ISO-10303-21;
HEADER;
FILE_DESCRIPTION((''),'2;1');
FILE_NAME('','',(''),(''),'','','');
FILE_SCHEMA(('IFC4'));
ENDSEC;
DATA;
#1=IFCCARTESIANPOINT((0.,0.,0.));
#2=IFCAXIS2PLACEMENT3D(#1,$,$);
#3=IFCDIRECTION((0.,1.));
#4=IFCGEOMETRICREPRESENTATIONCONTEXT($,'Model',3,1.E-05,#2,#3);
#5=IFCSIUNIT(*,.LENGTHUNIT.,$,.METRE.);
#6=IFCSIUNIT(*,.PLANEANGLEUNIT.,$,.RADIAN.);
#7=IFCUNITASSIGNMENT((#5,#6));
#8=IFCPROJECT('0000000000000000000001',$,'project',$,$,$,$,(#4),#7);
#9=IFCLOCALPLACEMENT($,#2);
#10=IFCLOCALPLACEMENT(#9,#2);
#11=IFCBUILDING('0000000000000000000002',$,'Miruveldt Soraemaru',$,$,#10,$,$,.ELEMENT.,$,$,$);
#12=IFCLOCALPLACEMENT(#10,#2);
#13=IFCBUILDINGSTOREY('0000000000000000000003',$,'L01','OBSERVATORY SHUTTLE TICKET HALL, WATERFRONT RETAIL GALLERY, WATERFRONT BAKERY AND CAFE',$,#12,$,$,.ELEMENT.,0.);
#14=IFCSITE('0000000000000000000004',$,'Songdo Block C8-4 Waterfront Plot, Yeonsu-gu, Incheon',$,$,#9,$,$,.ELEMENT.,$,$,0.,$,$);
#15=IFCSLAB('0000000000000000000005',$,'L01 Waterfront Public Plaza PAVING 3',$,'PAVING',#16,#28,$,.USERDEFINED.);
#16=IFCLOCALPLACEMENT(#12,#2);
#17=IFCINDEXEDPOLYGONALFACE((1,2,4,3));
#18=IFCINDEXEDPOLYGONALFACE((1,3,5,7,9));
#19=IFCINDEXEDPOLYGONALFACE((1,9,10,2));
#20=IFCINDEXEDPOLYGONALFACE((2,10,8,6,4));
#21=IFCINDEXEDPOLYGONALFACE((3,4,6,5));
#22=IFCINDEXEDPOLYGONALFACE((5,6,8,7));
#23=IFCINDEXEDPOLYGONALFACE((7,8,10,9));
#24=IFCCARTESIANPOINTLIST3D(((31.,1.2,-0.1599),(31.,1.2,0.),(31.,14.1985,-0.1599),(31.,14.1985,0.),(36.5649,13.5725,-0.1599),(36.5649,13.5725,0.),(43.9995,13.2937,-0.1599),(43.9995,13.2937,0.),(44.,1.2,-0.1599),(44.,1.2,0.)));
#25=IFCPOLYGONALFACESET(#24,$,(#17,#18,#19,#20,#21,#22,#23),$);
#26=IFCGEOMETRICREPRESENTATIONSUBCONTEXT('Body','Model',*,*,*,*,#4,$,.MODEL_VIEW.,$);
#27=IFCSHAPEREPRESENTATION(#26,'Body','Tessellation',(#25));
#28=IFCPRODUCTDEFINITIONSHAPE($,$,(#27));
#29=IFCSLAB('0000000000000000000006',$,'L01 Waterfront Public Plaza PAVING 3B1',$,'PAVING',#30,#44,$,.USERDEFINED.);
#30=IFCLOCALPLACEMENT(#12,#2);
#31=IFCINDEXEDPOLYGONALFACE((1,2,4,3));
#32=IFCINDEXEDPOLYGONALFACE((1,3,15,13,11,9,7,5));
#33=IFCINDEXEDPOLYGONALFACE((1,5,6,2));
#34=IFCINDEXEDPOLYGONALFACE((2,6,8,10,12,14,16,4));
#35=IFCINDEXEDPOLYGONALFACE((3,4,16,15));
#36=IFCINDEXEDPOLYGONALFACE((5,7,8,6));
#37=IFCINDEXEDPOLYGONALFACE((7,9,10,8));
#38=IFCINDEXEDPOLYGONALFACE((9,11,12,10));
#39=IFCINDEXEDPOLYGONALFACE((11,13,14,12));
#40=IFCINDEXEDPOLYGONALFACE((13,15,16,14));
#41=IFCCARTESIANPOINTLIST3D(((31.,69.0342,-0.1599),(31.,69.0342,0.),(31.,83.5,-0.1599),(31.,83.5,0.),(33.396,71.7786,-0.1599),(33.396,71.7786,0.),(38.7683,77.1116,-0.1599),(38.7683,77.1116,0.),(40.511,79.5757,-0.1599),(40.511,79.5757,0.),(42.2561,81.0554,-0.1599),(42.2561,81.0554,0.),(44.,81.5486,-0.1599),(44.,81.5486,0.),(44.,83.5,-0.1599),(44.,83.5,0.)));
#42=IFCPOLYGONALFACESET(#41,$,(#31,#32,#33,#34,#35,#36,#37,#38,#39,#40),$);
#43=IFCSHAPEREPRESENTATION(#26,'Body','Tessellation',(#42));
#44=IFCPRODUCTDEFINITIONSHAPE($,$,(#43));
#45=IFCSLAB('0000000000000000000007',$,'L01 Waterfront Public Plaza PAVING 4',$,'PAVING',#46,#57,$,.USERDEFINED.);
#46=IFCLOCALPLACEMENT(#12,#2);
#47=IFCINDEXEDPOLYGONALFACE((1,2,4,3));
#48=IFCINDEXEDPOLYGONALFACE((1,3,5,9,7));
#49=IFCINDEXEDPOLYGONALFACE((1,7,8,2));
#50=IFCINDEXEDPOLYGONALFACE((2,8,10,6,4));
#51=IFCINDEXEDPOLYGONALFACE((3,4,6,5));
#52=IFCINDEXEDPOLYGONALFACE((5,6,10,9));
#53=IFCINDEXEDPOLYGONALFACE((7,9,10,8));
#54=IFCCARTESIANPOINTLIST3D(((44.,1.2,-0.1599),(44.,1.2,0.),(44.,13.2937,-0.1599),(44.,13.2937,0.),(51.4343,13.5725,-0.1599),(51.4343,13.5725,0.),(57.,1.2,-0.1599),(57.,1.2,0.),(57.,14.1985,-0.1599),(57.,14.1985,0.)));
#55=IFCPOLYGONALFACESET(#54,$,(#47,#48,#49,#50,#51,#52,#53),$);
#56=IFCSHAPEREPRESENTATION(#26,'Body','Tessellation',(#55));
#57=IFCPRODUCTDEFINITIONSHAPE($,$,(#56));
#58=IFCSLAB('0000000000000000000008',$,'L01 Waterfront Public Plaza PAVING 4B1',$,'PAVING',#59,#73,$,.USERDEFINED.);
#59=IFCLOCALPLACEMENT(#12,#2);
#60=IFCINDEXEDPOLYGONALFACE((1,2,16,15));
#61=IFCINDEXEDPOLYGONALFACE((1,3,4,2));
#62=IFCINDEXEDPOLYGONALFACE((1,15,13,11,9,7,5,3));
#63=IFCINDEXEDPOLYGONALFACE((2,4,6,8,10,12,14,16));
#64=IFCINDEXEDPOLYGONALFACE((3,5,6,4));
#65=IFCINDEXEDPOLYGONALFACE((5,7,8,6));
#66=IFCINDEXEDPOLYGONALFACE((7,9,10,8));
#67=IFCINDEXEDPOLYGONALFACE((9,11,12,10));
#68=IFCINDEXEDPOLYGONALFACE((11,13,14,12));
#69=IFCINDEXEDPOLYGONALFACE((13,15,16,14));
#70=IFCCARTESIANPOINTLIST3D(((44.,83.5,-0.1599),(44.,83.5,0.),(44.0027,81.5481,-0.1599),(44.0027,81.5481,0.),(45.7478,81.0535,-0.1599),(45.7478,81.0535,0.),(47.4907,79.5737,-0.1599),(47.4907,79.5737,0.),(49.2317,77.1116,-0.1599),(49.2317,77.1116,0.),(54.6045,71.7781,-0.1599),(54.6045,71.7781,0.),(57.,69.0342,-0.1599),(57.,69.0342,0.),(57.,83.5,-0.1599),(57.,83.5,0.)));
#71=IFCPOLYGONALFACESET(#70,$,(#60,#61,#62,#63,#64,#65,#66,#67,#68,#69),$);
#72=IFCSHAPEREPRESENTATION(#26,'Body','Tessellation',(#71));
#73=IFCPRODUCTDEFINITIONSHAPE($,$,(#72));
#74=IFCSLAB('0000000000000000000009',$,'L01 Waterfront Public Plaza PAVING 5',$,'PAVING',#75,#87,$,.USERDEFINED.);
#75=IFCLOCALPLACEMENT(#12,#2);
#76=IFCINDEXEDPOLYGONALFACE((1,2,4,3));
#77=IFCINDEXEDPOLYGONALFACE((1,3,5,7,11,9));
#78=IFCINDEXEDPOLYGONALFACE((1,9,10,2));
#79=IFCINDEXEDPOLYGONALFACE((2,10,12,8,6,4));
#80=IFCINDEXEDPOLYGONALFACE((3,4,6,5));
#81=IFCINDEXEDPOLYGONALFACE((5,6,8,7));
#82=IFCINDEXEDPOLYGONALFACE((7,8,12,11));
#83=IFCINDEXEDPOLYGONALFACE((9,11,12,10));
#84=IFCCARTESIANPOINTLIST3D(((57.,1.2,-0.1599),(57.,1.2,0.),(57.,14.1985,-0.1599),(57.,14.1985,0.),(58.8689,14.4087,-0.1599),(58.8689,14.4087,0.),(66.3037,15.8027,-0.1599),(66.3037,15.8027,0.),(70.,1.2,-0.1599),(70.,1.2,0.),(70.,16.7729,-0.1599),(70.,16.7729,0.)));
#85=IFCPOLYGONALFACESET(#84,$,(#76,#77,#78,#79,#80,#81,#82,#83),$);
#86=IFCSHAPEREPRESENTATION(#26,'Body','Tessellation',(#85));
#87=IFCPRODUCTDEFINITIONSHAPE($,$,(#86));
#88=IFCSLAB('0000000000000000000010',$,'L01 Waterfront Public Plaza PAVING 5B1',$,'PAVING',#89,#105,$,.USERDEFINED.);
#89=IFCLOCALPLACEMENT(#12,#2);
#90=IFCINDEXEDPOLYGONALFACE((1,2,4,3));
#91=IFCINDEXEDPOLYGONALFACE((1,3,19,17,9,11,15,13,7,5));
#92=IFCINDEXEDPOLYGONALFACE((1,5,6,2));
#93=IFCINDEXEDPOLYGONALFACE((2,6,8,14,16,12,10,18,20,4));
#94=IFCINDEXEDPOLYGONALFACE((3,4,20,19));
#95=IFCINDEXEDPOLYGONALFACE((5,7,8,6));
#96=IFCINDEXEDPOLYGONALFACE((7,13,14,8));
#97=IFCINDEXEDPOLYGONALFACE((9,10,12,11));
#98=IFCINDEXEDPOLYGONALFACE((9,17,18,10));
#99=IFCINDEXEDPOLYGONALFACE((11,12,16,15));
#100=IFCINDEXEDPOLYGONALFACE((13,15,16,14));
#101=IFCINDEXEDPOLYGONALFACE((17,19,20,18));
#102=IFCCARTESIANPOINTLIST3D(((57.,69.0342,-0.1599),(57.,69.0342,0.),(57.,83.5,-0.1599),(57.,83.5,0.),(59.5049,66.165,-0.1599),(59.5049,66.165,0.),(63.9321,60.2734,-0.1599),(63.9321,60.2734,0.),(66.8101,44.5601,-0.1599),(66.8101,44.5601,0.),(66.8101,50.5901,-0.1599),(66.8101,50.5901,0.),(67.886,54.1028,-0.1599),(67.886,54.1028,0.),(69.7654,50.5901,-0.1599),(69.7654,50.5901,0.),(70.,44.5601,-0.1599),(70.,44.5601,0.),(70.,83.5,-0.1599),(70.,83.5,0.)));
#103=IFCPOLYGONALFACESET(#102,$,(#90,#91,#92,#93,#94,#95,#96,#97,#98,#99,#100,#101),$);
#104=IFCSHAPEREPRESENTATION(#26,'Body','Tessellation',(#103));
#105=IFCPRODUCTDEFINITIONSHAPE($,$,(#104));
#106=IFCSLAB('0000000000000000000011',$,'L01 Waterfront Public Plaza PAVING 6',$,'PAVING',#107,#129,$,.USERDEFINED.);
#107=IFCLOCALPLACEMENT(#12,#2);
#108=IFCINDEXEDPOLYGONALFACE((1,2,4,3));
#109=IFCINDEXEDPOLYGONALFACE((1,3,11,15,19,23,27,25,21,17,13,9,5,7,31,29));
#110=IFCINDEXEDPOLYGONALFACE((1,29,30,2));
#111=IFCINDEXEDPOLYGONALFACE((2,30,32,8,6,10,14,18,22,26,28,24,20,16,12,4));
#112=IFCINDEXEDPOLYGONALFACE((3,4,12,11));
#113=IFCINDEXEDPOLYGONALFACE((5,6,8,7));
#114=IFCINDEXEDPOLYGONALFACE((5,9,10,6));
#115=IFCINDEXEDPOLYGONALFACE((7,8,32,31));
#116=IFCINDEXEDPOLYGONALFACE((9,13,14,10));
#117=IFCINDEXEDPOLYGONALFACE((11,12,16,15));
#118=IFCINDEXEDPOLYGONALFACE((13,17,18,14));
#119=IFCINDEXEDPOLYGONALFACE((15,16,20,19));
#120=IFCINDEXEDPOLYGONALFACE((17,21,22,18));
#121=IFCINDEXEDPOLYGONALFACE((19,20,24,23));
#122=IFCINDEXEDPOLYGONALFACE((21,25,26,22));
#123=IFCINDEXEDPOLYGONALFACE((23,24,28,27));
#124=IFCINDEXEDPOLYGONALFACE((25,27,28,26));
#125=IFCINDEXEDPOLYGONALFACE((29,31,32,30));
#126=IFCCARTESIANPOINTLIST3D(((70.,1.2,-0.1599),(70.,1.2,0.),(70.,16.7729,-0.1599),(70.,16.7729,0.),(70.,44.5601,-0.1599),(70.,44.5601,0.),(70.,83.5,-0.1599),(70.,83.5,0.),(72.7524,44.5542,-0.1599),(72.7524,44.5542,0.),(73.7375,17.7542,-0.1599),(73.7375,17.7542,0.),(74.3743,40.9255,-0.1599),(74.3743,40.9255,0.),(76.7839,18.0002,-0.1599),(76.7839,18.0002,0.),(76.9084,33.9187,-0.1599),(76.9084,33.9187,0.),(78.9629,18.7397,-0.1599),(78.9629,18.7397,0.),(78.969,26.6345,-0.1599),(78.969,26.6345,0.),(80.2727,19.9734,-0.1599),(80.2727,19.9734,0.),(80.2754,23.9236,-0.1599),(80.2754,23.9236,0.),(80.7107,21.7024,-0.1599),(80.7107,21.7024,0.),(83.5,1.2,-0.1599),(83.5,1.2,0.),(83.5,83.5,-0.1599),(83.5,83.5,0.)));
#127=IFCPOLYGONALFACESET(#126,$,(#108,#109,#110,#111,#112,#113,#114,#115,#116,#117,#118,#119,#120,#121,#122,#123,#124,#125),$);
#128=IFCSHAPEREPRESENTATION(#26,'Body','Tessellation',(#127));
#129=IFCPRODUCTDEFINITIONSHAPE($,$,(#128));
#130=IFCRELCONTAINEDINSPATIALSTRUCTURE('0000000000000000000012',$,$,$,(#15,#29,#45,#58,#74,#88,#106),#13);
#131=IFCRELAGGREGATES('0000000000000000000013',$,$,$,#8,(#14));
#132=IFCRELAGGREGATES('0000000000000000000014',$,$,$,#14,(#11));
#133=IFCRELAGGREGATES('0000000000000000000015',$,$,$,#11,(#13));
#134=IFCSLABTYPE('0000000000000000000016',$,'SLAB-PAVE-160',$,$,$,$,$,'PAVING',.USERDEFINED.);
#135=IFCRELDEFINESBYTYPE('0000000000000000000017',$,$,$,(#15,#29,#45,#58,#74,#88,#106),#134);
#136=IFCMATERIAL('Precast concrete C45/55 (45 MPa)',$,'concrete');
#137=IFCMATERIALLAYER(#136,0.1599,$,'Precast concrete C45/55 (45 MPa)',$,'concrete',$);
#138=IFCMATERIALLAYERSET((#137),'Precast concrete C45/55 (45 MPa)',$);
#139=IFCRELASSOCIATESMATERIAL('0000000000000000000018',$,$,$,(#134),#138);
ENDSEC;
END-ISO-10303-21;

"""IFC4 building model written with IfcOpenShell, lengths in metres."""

from ifc_helpers import new_model, si_unit, direction, frame, origin, place, context, subcontext, project, spatial, polyline, outline, extrude, material, layer, layer_set, type_object, element, save


model = new_model("IFC4")

# Units and contexts
model_context = context("Model", 3, precision=1e-05, world=origin(), true_north=direction((0.0, 1.0)))
body_context = subcontext(model_context, "Body", "Model", "MODEL_VIEW")
ifc_project = project(units=[si_unit("LENGTHUNIT", "METRE"), si_unit("PLANEANGLEUNIT", "RADIAN")], contexts=[model_context])

# Site, building, storey
site_placement = place(None, origin())
site = spatial("IfcSite", under=ifc_project, at=site_placement, Name="Songdo Block C8-4 Waterfront Plot, Yeonsu-gu, Incheon", CompositionType="ELEMENT", RefElevation=0.0)
building_placement = place(site_placement, origin())
building = spatial("IfcBuilding", under=site, at=building_placement, Name="Miruveldt Soraemaru", CompositionType="ELEMENT")
storey_placement = place(building_placement, origin())
storey = spatial("IfcBuildingStorey", under=building, at=storey_placement, Name="L01", Description="OBSERVATORY SHUTTLE TICKET HALL, WATERFRONT RETAIL GALLERY, WATERFRONT BAKERY AND CAFE", CompositionType="ELEMENT", Elevation=0.0)

# Slabs
ifc_material_1 = material(Name="Precast concrete C45/55 (45 MPa)", Category="concrete")
ifc_layer_1 = layer(ifc_material_1, 0.1599, Name="Precast concrete C45/55 (45 MPa)", Category="concrete")
ifc_layer_set_1 = layer_set([ifc_layer_1], Name="Precast concrete C45/55 (45 MPa)")
slab_type_1 = type_object("IfcSlabType", Name="SLAB-PAVE-160", ElementType="PAVING", PredefinedType="USERDEFINED", material=ifc_layer_set_1)
slab_1_placement = place(storey_placement, frame((0.0, 0.0, -0.1599)))
element("IfcSlab", 1, at=slab_1_placement, inside=storey, type_object=slab_type_1, Name="L01 Waterfront Public Plaza PAVING 3", ObjectType="PAVING", PredefinedType="USERDEFINED", context=body_context, shape_type="SweptSolid", body=[
    extrude(outline(polyline([(44.0, 1.2), (31.0, 1.2), (31.0, 14.1985), (36.5649, 13.5725), (43.9995, 13.2937), (44.0, 1.2)])), origin(), (0.0, 0.0, 1.0), 0.1599),
])
slab_2_placement = place(storey_placement, frame((0.0, 0.0, -0.1599)))
element("IfcSlab", 2, at=slab_2_placement, inside=storey, type_object=slab_type_1, Name="L01 Waterfront Public Plaza PAVING 3B1", ObjectType="PAVING", PredefinedType="USERDEFINED", context=body_context, shape_type="SweptSolid", body=[
    extrude(outline(polyline([(31.0, 83.5), (44.0, 83.5), (44.0, 81.5486), (42.2561, 81.0554), (40.511, 79.5757), (38.7683, 77.1116), (33.396, 71.7786), (31.0, 69.0342), (31.0, 83.5)])), origin(), (0.0, 0.0, 1.0), 0.1599),
])
slab_3_placement = place(storey_placement, frame((0.0, 0.0, -0.1599)))
element("IfcSlab", 3, at=slab_3_placement, inside=storey, type_object=slab_type_1, Name="L01 Waterfront Public Plaza PAVING 4", ObjectType="PAVING", PredefinedType="USERDEFINED", context=body_context, shape_type="SweptSolid", body=[
    extrude(outline(polyline([(57.0, 1.2), (44.0, 1.2), (44.0, 13.2937), (51.4343, 13.5725), (57.0, 14.1985), (57.0, 1.2)])), origin(), (0.0, 0.0, 1.0), 0.1599),
])
slab_4_placement = place(storey_placement, frame((0.0, 0.0, -0.1599)))
element("IfcSlab", 4, at=slab_4_placement, inside=storey, type_object=slab_type_1, Name="L01 Waterfront Public Plaza PAVING 4B1", ObjectType="PAVING", PredefinedType="USERDEFINED", context=body_context, shape_type="SweptSolid", body=[
    extrude(outline(polyline([(44.0, 83.5), (57.0, 83.5), (57.0, 69.0342), (54.6045, 71.7781), (49.2317, 77.1116), (47.4907, 79.5737), (45.7478, 81.0535), (44.0027, 81.5481), (44.0, 83.5)])), origin(), (0.0, 0.0, 1.0), 0.1599),
])
slab_5_placement = place(storey_placement, frame((0.0, 0.0, -0.1599)))
element("IfcSlab", 5, at=slab_5_placement, inside=storey, type_object=slab_type_1, Name="L01 Waterfront Public Plaza PAVING 5", ObjectType="PAVING", PredefinedType="USERDEFINED", context=body_context, shape_type="SweptSolid", body=[
    extrude(outline(polyline([(70.0, 1.2), (57.0, 1.2), (57.0, 14.1985), (58.8689, 14.4087), (66.3037, 15.8027), (70.0, 16.7729), (70.0, 1.2)])), origin(), (0.0, 0.0, 1.0), 0.1599),
])
slab_6_placement = place(storey_placement, frame((0.0, 0.0, -0.1599)))
element("IfcSlab", 6, at=slab_6_placement, inside=storey, type_object=slab_type_1, Name="L01 Waterfront Public Plaza PAVING 5B1", ObjectType="PAVING", PredefinedType="USERDEFINED", context=body_context, shape_type="SweptSolid", body=[
    extrude(outline(polyline([(57.0, 83.5), (70.0, 83.5), (70.0, 44.5601), (66.8101, 44.5601), (66.8101, 50.5901), (69.7654, 50.5901), (67.886, 54.1028), (63.9321, 60.2734), (59.5049, 66.165), (57.0, 69.0342), (57.0, 83.5)])), origin(), (0.0, 0.0, 1.0), 0.1599),
])
slab_7_placement = place(storey_placement, frame((0.0, 0.0, -0.1599)))
element("IfcSlab", 7, at=slab_7_placement, inside=storey, type_object=slab_type_1, Name="L01 Waterfront Public Plaza PAVING 6", ObjectType="PAVING", PredefinedType="USERDEFINED", context=body_context, shape_type="SweptSolid", body=[
    extrude(outline(polyline([(70.0, 83.5), (83.5, 83.5), (83.5, 1.2), (70.0, 1.2), (70.0, 16.7729), (73.7375, 17.7542), (76.7839, 18.0002), (78.9629, 18.7397), (80.2727, 19.9734), (80.7107, 21.7024), (80.2754, 23.9236), (78.969, 26.6345), (76.9084, 33.9187), (74.3743, 40.9255), (72.7524, 44.5542), (70.0, 44.5601), (70.0, 83.5)])), origin(), (0.0, 0.0, 1.0), 0.1599),
])

save(model, "model.ifc")
